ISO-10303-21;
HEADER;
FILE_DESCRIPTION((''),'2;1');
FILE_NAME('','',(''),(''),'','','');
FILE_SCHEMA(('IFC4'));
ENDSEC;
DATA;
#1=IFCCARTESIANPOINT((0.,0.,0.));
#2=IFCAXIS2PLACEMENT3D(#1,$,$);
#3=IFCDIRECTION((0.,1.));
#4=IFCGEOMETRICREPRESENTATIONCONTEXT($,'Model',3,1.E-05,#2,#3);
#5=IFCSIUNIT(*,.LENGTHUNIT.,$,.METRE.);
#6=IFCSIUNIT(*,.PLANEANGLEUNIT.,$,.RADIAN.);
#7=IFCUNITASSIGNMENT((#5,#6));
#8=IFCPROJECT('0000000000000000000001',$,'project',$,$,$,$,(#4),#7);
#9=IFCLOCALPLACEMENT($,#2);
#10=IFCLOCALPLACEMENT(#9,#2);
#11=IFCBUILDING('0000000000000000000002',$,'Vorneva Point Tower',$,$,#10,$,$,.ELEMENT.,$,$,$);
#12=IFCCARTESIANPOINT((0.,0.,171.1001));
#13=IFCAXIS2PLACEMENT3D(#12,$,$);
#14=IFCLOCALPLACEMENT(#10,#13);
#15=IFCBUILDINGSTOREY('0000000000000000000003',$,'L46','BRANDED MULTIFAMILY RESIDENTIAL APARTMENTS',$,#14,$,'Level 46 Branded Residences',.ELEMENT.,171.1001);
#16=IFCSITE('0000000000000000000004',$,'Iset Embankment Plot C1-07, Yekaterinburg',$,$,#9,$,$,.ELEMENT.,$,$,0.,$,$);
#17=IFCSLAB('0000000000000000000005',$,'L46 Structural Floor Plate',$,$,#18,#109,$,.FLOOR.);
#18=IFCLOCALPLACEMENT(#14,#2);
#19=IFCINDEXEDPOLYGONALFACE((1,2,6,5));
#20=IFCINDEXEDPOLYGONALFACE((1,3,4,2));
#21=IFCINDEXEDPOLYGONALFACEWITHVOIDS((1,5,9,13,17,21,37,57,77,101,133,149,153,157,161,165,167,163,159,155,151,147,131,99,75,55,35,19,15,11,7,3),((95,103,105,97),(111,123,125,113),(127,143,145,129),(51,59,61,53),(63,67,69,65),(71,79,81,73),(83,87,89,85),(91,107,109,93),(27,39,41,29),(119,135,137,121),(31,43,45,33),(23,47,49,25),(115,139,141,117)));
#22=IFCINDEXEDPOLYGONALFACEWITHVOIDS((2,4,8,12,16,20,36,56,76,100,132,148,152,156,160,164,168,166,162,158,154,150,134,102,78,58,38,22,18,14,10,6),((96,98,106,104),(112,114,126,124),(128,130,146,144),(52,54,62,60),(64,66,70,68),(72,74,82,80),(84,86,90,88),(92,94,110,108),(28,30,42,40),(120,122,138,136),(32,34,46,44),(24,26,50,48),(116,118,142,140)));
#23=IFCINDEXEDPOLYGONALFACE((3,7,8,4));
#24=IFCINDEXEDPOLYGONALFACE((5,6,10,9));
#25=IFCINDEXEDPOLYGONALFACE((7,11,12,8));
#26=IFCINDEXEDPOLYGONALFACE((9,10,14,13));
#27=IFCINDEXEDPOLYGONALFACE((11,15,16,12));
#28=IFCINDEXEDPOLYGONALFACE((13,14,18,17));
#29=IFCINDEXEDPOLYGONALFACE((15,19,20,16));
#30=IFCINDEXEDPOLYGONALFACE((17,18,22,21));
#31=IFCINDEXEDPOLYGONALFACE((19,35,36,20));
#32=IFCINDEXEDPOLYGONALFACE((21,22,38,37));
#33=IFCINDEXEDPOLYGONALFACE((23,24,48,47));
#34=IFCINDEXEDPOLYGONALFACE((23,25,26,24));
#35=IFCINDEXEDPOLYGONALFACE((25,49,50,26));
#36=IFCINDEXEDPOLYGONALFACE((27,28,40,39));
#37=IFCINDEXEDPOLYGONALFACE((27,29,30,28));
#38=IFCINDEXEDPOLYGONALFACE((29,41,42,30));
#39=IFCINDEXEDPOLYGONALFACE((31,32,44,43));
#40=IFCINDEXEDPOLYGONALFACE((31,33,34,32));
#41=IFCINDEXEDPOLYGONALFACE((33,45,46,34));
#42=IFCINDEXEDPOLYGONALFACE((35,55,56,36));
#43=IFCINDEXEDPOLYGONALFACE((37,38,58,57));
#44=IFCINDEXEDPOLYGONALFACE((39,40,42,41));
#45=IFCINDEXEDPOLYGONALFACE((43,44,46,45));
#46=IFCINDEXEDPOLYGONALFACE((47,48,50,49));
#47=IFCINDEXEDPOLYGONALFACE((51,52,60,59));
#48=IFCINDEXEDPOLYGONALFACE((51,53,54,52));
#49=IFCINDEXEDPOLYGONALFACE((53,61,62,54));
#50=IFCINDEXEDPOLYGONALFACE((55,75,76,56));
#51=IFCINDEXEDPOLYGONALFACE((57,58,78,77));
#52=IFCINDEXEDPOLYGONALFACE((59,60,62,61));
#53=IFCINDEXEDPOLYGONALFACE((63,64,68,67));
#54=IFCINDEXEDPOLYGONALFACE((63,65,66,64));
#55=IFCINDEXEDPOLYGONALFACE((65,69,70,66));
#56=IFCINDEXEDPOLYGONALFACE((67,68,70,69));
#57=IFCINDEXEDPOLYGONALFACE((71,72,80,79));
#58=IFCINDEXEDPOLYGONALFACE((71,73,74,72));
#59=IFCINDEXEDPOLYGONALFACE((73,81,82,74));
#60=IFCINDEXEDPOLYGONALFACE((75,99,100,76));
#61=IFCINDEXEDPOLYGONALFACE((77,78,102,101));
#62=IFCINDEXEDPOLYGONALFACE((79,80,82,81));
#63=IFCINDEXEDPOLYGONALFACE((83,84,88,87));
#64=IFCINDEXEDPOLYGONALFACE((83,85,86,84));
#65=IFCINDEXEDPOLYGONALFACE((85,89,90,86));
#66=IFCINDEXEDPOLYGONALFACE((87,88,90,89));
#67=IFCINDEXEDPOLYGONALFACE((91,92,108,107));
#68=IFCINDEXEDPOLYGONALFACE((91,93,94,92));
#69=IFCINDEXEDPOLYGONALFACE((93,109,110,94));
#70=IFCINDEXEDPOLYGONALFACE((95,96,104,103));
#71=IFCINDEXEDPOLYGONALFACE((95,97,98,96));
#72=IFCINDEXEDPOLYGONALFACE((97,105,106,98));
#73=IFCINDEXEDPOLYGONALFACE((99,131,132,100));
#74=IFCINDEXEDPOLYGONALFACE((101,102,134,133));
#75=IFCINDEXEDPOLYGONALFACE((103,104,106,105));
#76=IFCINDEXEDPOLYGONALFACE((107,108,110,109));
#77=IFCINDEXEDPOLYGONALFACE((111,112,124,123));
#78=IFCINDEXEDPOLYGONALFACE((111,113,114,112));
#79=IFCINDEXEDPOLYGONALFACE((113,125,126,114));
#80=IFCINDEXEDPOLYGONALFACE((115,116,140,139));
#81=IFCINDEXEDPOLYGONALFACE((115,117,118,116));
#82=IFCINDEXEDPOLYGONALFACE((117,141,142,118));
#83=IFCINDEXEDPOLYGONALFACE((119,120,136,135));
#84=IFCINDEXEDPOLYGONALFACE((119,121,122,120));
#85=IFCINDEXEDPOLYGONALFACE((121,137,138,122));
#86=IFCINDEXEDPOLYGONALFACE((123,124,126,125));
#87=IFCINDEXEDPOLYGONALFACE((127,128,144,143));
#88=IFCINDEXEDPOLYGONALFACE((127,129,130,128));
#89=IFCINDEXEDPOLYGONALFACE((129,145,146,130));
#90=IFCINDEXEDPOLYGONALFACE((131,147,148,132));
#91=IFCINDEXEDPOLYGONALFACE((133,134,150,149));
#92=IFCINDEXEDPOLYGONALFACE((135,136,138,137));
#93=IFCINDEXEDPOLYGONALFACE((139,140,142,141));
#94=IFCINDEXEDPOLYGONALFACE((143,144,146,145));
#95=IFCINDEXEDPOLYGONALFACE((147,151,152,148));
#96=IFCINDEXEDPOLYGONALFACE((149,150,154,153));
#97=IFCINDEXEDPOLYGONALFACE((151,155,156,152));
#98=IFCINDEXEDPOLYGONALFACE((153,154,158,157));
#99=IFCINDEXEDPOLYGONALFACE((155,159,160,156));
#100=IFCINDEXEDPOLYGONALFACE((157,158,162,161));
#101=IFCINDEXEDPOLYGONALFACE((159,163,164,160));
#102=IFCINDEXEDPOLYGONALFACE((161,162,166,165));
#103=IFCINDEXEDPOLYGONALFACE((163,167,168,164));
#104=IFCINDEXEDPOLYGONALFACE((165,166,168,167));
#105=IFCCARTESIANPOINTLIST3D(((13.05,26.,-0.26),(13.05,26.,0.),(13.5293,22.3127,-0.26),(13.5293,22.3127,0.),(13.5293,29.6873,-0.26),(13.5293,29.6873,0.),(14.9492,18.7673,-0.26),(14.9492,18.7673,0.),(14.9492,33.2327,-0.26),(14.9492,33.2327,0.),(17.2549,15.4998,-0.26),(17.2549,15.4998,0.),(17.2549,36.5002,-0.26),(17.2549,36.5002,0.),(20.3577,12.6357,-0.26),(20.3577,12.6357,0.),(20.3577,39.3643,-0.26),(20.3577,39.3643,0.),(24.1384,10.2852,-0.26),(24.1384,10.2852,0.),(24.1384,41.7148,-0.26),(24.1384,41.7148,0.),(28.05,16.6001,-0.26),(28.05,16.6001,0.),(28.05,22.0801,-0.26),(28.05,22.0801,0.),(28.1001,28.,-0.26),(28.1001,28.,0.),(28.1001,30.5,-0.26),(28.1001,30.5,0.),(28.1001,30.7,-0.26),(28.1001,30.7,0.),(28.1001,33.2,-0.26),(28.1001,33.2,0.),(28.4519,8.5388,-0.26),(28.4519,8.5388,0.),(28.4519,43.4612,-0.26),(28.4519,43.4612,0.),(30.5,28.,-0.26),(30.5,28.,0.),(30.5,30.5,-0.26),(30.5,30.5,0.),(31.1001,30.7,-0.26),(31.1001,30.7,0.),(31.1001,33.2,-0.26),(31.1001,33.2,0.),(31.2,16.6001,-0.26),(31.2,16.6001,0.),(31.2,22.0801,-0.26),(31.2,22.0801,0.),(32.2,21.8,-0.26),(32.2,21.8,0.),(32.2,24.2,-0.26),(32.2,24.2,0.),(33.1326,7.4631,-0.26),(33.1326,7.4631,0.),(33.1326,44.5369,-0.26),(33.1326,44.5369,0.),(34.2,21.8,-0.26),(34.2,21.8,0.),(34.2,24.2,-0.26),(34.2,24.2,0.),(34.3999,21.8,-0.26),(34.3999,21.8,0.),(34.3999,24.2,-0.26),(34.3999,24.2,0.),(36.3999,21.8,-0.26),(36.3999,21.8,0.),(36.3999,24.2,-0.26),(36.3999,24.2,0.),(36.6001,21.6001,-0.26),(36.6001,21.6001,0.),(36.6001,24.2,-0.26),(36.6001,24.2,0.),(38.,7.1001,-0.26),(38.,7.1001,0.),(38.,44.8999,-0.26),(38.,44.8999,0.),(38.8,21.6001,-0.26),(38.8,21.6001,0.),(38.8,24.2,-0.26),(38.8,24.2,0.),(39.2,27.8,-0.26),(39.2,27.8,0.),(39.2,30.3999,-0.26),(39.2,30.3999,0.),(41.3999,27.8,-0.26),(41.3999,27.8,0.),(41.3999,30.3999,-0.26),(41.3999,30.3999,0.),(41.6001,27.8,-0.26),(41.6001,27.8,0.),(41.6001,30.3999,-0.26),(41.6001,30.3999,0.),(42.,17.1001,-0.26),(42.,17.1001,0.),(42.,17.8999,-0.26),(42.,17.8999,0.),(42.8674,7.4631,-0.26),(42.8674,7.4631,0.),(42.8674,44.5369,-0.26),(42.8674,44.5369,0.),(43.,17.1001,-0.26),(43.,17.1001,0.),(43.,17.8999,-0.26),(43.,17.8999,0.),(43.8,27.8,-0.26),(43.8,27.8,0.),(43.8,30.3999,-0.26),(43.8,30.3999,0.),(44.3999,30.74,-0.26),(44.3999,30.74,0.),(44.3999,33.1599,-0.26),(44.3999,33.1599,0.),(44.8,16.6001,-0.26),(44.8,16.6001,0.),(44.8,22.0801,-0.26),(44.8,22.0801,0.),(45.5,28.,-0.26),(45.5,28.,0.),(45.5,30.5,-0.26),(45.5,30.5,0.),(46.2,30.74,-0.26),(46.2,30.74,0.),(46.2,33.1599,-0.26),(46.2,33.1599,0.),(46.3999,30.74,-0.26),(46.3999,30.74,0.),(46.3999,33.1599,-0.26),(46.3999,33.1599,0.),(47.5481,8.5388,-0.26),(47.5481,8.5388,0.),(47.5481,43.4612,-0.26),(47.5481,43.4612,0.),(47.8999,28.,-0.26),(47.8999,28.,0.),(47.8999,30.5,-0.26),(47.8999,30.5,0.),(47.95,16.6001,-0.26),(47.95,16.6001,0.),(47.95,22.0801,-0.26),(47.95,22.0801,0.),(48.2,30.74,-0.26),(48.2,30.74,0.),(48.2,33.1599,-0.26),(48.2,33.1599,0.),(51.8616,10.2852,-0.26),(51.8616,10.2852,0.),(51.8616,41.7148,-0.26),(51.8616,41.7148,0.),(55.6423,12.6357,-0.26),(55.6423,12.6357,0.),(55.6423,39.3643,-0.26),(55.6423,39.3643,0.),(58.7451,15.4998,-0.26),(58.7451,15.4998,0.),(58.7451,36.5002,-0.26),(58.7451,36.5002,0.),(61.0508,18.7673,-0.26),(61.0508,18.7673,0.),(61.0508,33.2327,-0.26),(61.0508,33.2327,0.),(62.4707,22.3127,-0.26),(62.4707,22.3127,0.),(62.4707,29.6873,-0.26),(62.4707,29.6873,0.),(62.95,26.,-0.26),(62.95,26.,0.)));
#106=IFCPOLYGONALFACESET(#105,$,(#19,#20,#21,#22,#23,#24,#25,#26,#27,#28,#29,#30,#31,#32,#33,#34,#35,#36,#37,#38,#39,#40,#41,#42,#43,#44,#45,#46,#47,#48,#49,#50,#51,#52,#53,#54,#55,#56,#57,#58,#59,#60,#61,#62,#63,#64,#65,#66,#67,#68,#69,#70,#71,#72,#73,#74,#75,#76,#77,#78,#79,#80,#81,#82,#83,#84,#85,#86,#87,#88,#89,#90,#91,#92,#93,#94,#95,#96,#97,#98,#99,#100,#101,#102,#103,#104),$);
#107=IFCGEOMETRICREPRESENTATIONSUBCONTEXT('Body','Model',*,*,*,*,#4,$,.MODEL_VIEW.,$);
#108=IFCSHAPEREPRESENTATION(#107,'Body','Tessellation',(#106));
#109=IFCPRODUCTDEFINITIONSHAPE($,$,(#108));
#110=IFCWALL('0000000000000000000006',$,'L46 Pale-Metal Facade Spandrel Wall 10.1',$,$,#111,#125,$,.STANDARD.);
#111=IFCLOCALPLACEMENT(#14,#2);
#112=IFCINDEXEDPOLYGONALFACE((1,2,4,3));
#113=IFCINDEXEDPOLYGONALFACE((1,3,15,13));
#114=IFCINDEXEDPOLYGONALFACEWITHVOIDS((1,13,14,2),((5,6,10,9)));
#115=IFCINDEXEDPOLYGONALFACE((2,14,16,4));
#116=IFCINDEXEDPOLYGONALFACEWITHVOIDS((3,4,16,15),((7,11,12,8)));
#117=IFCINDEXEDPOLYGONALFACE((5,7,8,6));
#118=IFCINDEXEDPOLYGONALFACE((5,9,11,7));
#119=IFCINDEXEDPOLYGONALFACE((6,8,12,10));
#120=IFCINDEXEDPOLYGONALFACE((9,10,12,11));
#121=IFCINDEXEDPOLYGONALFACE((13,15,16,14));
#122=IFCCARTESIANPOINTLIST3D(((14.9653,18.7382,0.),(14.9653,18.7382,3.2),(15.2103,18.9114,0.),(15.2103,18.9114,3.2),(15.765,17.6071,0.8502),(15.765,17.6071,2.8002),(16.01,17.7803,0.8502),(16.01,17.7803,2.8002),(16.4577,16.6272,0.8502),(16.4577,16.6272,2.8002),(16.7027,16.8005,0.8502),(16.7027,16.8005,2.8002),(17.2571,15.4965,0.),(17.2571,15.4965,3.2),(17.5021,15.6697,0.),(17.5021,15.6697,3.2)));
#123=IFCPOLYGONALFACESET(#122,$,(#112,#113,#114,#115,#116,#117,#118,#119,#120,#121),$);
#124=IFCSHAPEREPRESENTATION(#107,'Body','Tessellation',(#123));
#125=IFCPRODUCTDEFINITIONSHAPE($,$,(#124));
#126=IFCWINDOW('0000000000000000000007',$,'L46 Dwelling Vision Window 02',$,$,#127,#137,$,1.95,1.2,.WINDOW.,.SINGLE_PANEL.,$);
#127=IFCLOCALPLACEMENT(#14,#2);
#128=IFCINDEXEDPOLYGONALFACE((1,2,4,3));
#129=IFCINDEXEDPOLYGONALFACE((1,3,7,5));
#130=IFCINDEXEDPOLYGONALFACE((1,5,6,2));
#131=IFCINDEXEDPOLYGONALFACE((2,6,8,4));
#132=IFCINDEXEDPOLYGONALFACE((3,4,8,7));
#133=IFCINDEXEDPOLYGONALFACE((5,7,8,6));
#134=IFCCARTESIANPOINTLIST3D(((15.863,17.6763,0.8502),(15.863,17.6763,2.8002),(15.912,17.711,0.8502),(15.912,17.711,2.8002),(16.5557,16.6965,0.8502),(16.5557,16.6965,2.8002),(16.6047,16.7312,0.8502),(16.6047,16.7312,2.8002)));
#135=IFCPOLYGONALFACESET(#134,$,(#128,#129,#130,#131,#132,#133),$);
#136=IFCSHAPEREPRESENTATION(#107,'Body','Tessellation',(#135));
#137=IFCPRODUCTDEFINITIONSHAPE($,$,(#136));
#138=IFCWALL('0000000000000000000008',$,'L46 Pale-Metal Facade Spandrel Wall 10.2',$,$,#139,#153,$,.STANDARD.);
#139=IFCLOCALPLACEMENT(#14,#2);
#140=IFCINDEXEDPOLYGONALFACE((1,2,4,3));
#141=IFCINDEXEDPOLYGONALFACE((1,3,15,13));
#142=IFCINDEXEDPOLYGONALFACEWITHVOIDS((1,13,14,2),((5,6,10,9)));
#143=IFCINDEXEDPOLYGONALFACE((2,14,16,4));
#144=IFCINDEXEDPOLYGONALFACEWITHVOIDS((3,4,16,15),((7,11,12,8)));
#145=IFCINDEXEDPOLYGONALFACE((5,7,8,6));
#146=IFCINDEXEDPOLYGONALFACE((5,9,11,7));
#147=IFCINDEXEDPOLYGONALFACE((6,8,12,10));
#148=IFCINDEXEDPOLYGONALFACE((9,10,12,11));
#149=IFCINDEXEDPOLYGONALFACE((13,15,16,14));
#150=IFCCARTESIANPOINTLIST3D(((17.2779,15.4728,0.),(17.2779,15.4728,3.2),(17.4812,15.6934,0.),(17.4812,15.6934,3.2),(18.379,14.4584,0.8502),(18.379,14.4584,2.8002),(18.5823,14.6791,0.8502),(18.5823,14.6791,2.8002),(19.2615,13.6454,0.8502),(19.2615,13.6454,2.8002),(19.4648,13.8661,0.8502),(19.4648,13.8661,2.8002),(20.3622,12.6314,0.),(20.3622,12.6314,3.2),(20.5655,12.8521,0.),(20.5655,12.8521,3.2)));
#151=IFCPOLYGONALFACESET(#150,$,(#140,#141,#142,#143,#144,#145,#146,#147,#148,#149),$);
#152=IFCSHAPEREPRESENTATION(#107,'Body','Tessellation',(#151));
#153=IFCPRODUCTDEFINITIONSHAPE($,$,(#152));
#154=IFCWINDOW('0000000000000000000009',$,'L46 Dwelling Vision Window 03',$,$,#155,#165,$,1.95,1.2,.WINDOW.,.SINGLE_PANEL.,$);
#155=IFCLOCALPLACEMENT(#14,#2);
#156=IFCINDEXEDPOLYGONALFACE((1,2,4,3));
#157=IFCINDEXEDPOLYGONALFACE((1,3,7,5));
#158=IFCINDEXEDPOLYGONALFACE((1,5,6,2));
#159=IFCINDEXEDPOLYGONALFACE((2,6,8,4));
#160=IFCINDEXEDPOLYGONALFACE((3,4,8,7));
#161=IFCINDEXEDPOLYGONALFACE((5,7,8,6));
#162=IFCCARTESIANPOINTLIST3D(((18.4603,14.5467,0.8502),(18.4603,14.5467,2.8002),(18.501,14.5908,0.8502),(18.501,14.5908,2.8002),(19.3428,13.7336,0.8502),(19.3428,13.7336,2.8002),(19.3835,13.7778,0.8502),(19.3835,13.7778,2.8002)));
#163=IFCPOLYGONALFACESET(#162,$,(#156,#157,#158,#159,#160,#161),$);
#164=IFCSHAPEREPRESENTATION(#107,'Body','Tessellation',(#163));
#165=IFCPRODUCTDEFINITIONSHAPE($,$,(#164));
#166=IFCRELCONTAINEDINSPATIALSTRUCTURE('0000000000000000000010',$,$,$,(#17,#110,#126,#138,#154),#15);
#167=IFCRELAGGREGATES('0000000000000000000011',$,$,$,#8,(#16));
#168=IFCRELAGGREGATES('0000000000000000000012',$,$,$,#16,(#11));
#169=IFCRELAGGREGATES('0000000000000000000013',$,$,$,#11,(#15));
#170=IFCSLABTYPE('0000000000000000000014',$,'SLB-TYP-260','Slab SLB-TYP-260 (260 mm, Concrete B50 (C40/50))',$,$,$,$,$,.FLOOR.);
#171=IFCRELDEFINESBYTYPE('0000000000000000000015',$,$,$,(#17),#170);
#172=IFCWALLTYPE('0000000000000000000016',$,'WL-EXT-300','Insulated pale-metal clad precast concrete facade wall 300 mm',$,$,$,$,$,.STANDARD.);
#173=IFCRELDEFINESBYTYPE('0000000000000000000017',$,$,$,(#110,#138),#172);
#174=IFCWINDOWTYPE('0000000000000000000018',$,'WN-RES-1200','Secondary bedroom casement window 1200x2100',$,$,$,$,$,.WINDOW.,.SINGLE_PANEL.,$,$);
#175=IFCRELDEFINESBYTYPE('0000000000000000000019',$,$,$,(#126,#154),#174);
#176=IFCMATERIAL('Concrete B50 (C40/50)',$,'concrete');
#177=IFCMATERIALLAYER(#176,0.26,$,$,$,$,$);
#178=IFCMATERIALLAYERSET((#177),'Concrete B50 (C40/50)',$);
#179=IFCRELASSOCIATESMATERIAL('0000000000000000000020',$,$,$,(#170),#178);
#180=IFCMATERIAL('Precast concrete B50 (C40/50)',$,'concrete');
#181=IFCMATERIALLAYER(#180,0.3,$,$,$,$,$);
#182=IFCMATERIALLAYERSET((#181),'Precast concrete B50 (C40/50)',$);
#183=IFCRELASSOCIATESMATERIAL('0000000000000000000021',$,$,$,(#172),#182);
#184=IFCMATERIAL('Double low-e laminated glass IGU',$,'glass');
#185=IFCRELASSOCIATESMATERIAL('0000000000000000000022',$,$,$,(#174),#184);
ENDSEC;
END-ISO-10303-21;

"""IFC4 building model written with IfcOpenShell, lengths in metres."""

from ifc_helpers import new_model, si_unit, direction, frame, frame_2d, origin, place, context, subcontext, project, spatial, polyline, rectangle, outline, extrude, material, layer, layer_set, type_object, element, fill, save


model = new_model("IFC4")

# Units and contexts
model_context = context("Model", 3, precision=1e-05, world=origin(), true_north=direction((0.0, 1.0)))
body_context = subcontext(model_context, "Body", "Model", "MODEL_VIEW")
ifc_project = project(units=[si_unit("LENGTHUNIT", "METRE"), si_unit("PLANEANGLEUNIT", "RADIAN")], contexts=[model_context])

# Site, building, storey
site_placement = place(None, origin())
site = spatial("IfcSite", under=ifc_project, at=site_placement, Name="Iset Embankment Plot C1-07, Yekaterinburg", CompositionType="ELEMENT", RefElevation=0.0)
building_placement = place(site_placement, origin())
building = spatial("IfcBuilding", under=site, at=building_placement, Name="Vorneva Point Tower", CompositionType="ELEMENT")
storey_placement = place(building_placement, frame((0.0, 0.0, 171.1001)))
storey = spatial("IfcBuildingStorey", under=building, at=storey_placement, Name="L46", Description="BRANDED MULTIFAMILY RESIDENTIAL APARTMENTS", LongName="Level 46 Branded Residences", CompositionType="ELEMENT", Elevation=171.1001)

# Shared definitions
ifc_material_1 = material(Name="Double low-e laminated glass IGU", Category="glass")

# Shared definitions
ifc_material_2 = material(Name="Concrete B50 (C40/50)", Category="concrete")

# Slab
ifc_layer_1 = layer(ifc_material_2, 0.26)
ifc_layer_set_1 = layer_set([ifc_layer_1], Name="Concrete B50 (C40/50)")
slab_type_1 = type_object("IfcSlabType", Name="SLB-TYP-260", Description="Slab SLB-TYP-260 (260 mm, Concrete B50 (C40/50))", PredefinedType="FLOOR", material=ifc_layer_set_1)
slab_1_placement = place(storey_placement, frame((0.0, 0.0, -0.26)))
element("IfcSlab", 1, at=slab_1_placement, inside=storey, type_object=slab_type_1, Name="L46 Structural Floor Plate", PredefinedType="FLOOR", context=body_context, shape_type="SweptSolid", body=[
    extrude(outline(polyline([(62.95, 26.0), (62.4707, 29.6873), (61.0508, 33.2327), (58.7451, 36.5002), (55.6423, 39.3643), (51.8616, 41.7148), (47.5481, 43.4612), (42.8674, 44.5369), (38.0, 44.8999), (33.1326, 44.5369), (28.4519, 43.4612), (24.1384, 41.7148), (20.3577, 39.3643), (17.2549, 36.5002), (14.9492, 33.2327), (13.5293, 29.6873), (13.05, 26.0), (13.5293, 22.3127), (14.9492, 18.7673), (17.2549, 15.4998), (20.3577, 12.6357), (24.1384, 10.2852), (28.4519, 8.5388), (33.1326, 7.4631), (38.0, 7.1001), (42.8674, 7.4631), (47.5481, 8.5388), (51.8616, 10.2852), (55.6423, 12.6357), (58.7451, 15.4998), (61.0508, 18.7673), (62.4707, 22.3127), (62.95, 26.0)]), holes=[polyline([(32.2, 21.8), (34.2, 21.8), (34.2, 24.2), (32.2, 24.2), (32.2, 21.8)]), polyline([(34.3999, 21.8), (36.3999, 21.8), (36.3999, 24.2), (34.3999, 24.2), (34.3999, 21.8)]), polyline([(36.6001, 21.6001), (38.8, 21.6001), (38.8, 24.2), (36.6001, 24.2), (36.6001, 21.6001)]), polyline([(39.2, 27.8), (41.3999, 27.8), (41.3999, 30.3999), (39.2, 30.3999), (39.2, 27.8)]), polyline([(41.6001, 27.8), (43.8, 27.8), (43.8, 30.3999), (41.6001, 30.3999), (41.6001, 27.8)]), polyline([(44.3999, 30.74), (46.2, 30.74), (46.2, 33.1599), (44.3999, 33.1599), (44.3999, 30.74)]), polyline([(46.3999, 30.74), (48.2, 30.74), (48.2, 33.1599), (46.3999, 33.1599), (46.3999, 30.74)]), polyline([(28.1001, 28.0), (30.5, 28.0), (30.5, 30.5), (28.1001, 30.5), (28.1001, 28.0)]), polyline([(45.5, 28.0), (47.8999, 28.0), (47.8999, 30.5), (45.5, 30.5), (45.5, 28.0)]), polyline([(28.1001, 30.7), (31.1001, 30.7), (31.1001, 33.2), (28.1001, 33.2), (28.1001, 30.7)]), polyline([(28.05, 16.6001), (31.2, 16.6001), (31.2, 22.0801), (28.05, 22.0801), (28.05, 16.6001)]), polyline([(44.8, 16.6001), (47.95, 16.6001), (47.95, 22.0801), (44.8, 22.0801), (44.8, 16.6001)]), polyline([(42.0, 17.1001), (43.0, 17.1001), (43.0, 17.8999), (42.0, 17.8999), (42.0, 17.1001)])]), origin(), (0.0, 0.0, 1.0), 0.26),
])

# Walls, openings, windows
ifc_material_3 = material(Name="Precast concrete B50 (C40/50)", Category="concrete")
ifc_layer_2 = layer(ifc_material_3, 0.3)
ifc_layer_set_2 = layer_set([ifc_layer_2], Name="Precast concrete B50 (C40/50)")
wall_type_1 = type_object("IfcWallType", Name="WL-EXT-300", Description="Insulated pale-metal clad precast concrete facade wall 300 mm", PredefinedType="STANDARD", material=ifc_layer_set_2)
wall_1_placement = place(storey_placement, frame((15.0879, 18.8247, 0.0), z_axis=(0.0, 0.0, 1.0), x_axis=(0.57727, -0.816554, 0.0)))
wall_1 = element("IfcWall", 2, at=wall_1_placement, inside=storey, type_object=wall_type_1, Name="L46 Pale-Metal Facade Spandrel Wall 10.1", PredefinedType="STANDARD", context=body_context, shape_type="SweptSolid", body=[
    extrude(rectangle(XDim=3.97, YDim=0.3, at=frame_2d((1.9849, 0.0))), origin(), (0.0, 0.0, 1.0), 3.2),
])
opening_1_placement = place(wall_1_placement, frame((1.385, 0.0, 0.8501)))
opening_1 = element("IfcOpeningElement", 3, at=opening_1_placement, cuts=wall_1, PredefinedType="OPENING", context=body_context, shape_type="SweptSolid", body=[
    extrude(rectangle(XDim=1.2, YDim=1.95, at=frame_2d((0.6001, 0.9751))), frame((0.0, 0.165, 0.0), z_axis=(0.0, -1.0, 0.0), x_axis=(1.0, 0.0, 0.0)), (0.0, 0.0, 1.0), 0.3298),
])
window_type = type_object("IfcWindowType", Name="WN-RES-1200", Description="Secondary bedroom casement window 1200x2100", PartitioningType="SINGLE_PANEL", PredefinedType="WINDOW", material=ifc_material_1)
window_1_placement = place(opening_1_placement, origin())
window_1 = element("IfcWindow", 4, at=window_1_placement, inside=storey, type_object=window_type, Name="L46 Dwelling Vision Window 02", OverallHeight=1.95, OverallWidth=1.2, PartitioningType="SINGLE_PANEL", PredefinedType="WINDOW", context=body_context, shape_type="SweptSolid", body=[
    extrude(rectangle(XDim=1.2, YDim=1.95, at=frame_2d((0.6001, 0.9751))), frame((0.0, 0.03, 0.0), z_axis=(0.0, -1.0, 0.0), x_axis=(1.0, 0.0, 0.0)), (0.0, 0.0, 1.0), 0.0601),
])
fill(opening_1, window_1)
wall_2_placement = place(storey_placement, frame((17.3796, 15.583, 0.0), z_axis=(0.0, 0.0, 1.0), x_axis=(0.735477, -0.67755, 0.0)))
wall_2 = element("IfcWall", 5, at=wall_2_placement, inside=storey, type_object=wall_type_1, Name="L46 Pale-Metal Facade Spandrel Wall 10.2", PredefinedType="STANDARD", context=body_context, shape_type="SweptSolid", body=[
    extrude(rectangle(XDim=4.1936, YDim=0.3, at=frame_2d((2.0967, 0.0))), origin(), (0.0, 0.0, 1.0), 3.2),
])
opening_2_placement = place(wall_2_placement, frame((1.4968, 0.0, 0.8501)))
opening_2 = element("IfcOpeningElement", 6, at=opening_2_placement, cuts=wall_2, PredefinedType="OPENING", context=body_context, shape_type="SweptSolid", body=[
    extrude(rectangle(XDim=1.2, YDim=1.95, at=frame_2d((0.6001, 0.9751))), frame((0.0, 0.165, 0.0), z_axis=(0.0, -1.0, 0.0), x_axis=(1.0, 0.0, 0.0)), (0.0, 0.0, 1.0), 0.3298),
])
window_2_placement = place(opening_2_placement, origin())
window_2 = element("IfcWindow", 7, at=window_2_placement, inside=storey, type_object=window_type, Name="L46 Dwelling Vision Window 03", OverallHeight=1.95, OverallWidth=1.2, PartitioningType="SINGLE_PANEL", PredefinedType="WINDOW", context=body_context, shape_type="SweptSolid", body=[
    extrude(rectangle(XDim=1.2, YDim=1.95, at=frame_2d((0.6001, 0.9751))), frame((0.0, 0.03, 0.0), z_axis=(0.0, -1.0, 0.0), x_axis=(1.0, 0.0, 0.0)), (0.0, 0.0, 1.0), 0.0601),
])
fill(opening_2, window_2)

save(model, "model.ifc")
